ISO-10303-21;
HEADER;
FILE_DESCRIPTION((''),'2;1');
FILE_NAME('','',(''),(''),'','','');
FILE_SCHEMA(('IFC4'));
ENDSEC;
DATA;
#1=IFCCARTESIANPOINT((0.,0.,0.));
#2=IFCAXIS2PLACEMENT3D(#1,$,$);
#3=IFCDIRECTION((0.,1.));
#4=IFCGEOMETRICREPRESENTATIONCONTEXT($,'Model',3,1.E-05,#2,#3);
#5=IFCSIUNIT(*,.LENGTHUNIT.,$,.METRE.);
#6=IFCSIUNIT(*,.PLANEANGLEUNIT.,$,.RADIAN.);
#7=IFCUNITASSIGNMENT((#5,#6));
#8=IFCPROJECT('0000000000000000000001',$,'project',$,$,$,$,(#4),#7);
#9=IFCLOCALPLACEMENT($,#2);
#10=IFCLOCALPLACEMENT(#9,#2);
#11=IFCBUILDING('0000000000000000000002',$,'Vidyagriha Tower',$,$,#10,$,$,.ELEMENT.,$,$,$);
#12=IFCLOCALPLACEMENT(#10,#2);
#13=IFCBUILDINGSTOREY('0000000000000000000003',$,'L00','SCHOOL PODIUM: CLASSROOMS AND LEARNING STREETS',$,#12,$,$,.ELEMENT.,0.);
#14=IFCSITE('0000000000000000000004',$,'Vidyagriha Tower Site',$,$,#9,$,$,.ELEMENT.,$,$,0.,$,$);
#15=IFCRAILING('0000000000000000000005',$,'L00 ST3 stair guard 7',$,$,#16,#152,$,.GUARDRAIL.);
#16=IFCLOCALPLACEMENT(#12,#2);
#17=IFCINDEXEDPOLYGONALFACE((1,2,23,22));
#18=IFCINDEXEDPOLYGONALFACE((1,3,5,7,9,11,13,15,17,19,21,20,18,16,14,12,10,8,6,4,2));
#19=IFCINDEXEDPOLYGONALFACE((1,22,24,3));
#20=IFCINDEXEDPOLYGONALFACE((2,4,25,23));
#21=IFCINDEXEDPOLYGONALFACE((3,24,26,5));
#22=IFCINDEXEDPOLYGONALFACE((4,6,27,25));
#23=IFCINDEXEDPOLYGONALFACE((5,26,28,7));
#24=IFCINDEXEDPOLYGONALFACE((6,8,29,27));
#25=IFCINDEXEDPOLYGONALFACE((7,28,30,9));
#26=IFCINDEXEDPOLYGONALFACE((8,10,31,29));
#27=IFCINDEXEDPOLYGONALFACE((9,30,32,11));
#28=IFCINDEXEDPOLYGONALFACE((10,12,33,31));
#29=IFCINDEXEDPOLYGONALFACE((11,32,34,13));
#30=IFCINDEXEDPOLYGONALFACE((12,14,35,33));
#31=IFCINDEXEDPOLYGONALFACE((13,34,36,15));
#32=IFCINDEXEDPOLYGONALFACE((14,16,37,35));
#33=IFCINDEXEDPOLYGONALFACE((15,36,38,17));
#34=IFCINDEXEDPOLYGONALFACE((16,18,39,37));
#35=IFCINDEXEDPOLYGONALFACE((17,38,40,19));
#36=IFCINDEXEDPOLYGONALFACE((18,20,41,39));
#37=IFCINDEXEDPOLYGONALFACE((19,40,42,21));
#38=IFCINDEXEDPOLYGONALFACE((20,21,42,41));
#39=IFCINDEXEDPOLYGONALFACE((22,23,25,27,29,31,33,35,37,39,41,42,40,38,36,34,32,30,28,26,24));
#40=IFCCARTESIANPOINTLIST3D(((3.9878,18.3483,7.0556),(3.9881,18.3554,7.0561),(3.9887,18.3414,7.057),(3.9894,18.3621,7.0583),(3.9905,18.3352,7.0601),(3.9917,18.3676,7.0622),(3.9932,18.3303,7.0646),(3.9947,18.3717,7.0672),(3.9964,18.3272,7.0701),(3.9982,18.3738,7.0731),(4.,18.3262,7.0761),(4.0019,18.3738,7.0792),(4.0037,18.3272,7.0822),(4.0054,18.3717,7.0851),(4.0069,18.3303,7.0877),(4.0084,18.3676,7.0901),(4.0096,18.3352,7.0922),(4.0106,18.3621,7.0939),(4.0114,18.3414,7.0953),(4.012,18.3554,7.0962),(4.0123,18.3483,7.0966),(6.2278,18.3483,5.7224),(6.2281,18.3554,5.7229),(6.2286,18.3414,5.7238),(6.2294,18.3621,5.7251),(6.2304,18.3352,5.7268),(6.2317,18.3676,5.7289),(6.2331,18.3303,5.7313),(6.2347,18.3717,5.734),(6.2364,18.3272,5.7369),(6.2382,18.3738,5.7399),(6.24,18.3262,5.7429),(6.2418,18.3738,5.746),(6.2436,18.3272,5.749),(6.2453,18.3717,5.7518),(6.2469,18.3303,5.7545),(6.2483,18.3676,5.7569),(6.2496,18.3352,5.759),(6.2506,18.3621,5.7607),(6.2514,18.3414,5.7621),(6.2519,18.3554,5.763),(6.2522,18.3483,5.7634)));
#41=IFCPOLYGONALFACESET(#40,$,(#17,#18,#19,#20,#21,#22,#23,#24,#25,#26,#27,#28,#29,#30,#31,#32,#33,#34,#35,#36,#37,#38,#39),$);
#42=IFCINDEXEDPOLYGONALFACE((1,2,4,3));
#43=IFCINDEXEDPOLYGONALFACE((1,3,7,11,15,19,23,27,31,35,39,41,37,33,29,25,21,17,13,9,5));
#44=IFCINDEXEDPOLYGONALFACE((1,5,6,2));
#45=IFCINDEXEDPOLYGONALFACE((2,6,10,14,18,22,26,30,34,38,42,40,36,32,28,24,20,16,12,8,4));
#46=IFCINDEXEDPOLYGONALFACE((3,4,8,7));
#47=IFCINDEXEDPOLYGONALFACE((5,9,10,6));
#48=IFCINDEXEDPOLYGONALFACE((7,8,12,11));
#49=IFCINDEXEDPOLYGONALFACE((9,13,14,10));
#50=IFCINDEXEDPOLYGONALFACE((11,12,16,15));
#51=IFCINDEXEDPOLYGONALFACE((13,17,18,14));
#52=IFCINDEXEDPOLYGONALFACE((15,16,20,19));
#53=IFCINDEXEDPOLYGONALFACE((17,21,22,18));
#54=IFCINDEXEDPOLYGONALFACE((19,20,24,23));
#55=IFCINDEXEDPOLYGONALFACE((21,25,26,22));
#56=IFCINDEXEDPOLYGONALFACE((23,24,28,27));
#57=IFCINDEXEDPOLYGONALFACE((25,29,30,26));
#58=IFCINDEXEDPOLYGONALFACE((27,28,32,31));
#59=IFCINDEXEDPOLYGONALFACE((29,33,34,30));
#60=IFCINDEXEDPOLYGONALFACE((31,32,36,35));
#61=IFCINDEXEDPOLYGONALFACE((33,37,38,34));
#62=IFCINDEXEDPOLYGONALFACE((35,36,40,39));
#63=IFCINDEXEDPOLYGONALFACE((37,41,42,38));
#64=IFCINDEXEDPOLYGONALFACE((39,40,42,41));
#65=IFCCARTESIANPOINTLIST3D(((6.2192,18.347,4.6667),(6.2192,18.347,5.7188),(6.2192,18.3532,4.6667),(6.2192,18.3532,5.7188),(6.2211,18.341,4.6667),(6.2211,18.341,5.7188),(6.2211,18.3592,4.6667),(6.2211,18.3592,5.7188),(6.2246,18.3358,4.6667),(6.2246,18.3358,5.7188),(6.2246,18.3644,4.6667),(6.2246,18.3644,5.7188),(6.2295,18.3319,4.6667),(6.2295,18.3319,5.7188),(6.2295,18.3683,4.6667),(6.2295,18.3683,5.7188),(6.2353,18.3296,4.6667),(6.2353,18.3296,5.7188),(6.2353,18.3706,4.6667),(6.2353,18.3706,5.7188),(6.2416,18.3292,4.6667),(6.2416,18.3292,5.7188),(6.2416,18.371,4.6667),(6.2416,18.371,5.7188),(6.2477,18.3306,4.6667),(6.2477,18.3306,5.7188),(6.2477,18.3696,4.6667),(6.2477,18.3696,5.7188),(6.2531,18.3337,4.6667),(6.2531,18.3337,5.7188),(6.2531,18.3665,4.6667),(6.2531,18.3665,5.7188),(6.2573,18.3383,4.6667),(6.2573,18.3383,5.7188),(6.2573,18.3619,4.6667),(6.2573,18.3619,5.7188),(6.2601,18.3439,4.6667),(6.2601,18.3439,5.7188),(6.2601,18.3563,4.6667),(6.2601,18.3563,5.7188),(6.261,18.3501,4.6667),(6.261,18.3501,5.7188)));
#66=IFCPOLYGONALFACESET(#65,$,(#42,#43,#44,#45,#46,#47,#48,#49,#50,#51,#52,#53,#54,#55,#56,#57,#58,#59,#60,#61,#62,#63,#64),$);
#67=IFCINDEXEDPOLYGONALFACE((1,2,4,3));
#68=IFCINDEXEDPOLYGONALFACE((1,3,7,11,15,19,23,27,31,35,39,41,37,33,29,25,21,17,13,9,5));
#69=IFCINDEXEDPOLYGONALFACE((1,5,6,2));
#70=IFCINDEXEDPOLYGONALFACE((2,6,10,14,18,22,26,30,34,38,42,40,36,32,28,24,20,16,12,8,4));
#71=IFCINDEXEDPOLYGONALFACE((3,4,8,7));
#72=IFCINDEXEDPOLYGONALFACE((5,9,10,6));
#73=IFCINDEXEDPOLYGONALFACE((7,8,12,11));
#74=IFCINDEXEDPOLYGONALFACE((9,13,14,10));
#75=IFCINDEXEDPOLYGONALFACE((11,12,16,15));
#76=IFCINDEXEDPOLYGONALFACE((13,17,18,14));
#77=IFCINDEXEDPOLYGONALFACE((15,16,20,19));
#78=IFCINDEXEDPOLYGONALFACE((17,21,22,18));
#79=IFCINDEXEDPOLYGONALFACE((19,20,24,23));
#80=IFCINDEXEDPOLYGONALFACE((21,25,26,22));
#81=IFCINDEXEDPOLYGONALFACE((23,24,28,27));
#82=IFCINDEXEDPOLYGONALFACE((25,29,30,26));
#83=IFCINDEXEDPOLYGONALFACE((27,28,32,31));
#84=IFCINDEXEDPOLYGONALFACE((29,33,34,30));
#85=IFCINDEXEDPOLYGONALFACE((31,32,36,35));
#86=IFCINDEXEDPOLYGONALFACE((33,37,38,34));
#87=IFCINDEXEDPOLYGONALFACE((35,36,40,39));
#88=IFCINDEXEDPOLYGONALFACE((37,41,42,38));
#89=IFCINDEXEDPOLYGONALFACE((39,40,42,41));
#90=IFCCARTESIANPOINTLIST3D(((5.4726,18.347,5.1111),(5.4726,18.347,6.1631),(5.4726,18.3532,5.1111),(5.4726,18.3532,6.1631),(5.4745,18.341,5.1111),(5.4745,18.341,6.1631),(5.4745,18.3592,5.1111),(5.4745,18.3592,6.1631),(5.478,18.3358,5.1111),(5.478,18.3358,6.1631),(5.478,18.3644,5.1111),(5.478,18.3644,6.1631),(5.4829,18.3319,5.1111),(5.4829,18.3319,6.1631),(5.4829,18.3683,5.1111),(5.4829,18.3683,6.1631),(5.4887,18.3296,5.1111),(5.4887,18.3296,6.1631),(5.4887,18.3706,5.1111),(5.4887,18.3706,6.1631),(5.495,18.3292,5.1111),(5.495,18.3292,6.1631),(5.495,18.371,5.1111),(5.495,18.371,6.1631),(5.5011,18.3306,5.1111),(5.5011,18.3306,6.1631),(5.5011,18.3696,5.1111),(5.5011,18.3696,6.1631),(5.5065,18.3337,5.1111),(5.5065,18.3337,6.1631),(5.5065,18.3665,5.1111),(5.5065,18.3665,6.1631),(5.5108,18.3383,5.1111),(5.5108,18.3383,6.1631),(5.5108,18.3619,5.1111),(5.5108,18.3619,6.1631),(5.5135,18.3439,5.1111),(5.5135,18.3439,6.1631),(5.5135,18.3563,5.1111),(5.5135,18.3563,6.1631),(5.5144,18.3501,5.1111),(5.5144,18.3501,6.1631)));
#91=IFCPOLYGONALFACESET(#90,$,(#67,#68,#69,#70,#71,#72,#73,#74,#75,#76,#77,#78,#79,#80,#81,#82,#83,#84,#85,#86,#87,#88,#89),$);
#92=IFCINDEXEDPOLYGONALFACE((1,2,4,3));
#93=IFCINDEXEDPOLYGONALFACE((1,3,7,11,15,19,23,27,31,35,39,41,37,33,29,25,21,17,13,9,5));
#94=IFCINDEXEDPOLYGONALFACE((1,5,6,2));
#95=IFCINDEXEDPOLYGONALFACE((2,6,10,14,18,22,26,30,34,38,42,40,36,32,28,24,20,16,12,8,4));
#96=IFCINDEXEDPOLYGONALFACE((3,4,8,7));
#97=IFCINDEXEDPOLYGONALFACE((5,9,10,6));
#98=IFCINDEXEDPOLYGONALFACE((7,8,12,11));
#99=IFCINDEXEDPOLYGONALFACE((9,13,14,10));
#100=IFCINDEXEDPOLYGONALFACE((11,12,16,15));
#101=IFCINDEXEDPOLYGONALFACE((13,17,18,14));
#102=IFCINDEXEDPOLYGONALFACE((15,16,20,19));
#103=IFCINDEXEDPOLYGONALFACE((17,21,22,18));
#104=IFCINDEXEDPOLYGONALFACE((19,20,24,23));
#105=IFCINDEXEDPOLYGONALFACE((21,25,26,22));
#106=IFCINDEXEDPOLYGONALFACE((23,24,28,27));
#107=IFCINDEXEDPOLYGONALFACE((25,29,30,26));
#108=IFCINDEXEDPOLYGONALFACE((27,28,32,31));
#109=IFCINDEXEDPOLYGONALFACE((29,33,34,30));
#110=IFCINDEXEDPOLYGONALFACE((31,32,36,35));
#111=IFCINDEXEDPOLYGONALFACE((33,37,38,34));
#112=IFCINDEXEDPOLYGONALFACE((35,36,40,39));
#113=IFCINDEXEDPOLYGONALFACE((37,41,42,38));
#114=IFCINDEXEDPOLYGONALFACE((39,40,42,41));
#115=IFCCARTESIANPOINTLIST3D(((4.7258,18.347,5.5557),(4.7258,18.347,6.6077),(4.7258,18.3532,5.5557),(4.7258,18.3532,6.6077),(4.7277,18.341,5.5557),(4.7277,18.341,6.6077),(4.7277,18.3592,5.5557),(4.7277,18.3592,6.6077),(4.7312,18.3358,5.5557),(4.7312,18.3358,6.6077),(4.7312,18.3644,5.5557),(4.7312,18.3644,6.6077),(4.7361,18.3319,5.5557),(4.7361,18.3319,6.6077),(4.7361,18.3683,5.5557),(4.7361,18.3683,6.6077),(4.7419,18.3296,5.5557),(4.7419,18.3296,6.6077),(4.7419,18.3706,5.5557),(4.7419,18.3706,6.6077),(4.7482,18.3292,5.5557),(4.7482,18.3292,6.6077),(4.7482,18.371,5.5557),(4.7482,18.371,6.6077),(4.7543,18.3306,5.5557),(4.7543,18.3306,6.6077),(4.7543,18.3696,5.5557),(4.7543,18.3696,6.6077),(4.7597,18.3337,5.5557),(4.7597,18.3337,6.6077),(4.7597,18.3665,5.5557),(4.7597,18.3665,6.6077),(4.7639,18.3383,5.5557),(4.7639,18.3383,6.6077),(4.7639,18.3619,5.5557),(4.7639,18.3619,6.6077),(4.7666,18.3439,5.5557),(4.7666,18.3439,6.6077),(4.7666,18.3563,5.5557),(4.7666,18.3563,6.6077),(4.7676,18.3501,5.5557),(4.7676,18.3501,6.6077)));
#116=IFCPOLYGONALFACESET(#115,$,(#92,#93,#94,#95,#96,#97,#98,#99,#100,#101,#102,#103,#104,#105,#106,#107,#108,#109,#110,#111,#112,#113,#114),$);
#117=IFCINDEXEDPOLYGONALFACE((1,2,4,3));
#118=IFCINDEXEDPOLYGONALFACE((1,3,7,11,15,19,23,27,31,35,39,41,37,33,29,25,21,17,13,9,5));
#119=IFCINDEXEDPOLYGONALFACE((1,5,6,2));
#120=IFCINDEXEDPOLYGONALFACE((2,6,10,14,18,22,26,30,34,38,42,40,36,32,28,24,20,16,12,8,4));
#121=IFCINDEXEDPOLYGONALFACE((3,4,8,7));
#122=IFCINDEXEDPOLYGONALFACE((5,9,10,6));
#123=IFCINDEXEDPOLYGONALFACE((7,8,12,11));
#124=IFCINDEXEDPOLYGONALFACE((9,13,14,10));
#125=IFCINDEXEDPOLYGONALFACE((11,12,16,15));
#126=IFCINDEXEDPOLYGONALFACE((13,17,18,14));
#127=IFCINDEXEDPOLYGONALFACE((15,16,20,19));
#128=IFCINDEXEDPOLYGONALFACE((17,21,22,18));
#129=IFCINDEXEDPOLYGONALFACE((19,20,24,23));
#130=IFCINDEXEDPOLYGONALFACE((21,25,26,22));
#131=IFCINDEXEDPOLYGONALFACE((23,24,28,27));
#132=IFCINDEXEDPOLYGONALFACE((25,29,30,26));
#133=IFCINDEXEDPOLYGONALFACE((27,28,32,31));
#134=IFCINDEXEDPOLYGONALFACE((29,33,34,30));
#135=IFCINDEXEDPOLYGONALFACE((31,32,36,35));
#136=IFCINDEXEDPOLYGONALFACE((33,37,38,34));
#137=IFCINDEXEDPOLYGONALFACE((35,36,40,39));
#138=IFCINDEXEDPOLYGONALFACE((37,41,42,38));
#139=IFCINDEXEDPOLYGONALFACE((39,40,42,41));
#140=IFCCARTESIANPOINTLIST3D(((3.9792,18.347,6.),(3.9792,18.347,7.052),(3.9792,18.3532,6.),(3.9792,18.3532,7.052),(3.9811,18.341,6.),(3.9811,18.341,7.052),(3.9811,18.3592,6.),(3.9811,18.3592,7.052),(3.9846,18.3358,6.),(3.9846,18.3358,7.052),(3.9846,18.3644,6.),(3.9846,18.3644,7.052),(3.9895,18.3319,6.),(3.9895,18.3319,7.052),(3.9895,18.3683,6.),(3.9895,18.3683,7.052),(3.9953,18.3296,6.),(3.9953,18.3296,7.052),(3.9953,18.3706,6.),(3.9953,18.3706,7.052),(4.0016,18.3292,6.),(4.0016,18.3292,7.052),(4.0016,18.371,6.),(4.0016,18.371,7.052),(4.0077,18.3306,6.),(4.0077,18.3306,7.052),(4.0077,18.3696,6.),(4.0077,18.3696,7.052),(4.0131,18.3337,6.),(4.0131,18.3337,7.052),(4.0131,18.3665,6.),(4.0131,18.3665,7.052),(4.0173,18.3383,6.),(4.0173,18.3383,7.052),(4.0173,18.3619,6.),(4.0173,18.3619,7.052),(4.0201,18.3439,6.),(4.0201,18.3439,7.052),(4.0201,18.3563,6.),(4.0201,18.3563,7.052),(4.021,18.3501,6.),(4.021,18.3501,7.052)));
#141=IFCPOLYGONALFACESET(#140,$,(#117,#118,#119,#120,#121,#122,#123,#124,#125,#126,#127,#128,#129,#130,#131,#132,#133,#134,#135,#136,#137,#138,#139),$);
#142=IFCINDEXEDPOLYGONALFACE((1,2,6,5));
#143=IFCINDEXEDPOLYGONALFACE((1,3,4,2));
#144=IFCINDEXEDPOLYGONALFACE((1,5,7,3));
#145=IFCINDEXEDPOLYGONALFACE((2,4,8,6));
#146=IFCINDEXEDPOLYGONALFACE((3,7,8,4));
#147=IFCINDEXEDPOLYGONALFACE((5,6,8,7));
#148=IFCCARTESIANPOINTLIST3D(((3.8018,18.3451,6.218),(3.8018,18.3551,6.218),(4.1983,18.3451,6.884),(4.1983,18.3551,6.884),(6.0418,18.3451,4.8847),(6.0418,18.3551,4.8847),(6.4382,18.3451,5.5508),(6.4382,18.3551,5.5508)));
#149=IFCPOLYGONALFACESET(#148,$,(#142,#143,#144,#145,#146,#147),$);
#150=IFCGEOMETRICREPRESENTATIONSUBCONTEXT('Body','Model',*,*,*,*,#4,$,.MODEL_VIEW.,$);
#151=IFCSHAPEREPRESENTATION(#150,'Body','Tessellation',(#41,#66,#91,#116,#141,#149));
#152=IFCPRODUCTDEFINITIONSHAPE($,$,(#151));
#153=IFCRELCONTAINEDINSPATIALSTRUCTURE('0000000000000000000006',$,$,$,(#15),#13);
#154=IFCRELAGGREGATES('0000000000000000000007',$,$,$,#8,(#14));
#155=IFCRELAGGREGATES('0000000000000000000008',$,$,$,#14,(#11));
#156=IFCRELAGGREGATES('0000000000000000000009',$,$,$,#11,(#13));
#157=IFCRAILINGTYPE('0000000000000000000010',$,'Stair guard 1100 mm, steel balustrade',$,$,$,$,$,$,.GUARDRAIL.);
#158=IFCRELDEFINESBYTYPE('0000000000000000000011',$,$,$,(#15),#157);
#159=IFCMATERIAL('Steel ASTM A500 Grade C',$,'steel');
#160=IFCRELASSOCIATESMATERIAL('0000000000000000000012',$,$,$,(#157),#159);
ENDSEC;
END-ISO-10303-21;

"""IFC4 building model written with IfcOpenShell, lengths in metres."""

from ifc_helpers import new_model, si_unit, direction, frame, origin, origin_2d, place, context, subcontext, project, spatial, rectangle, circle, extrude, material, type_object, element, save


model = new_model("IFC4")

# Units and contexts
model_context = context("Model", 3, precision=1e-05, world=origin(), true_north=direction((0.0, 1.0)))
body_context = subcontext(model_context, "Body", "Model", "MODEL_VIEW")
ifc_project = project(units=[si_unit("LENGTHUNIT", "METRE"), si_unit("PLANEANGLEUNIT", "RADIAN")], contexts=[model_context])

# Site, building, storey
site_placement = place(None, origin())
site = spatial("IfcSite", under=ifc_project, at=site_placement, Name="Vidyagriha Tower Site", CompositionType="ELEMENT", RefElevation=0.0)
building_placement = place(site_placement, origin())
building = spatial("IfcBuilding", under=site, at=building_placement, Name="Vidyagriha Tower", CompositionType="ELEMENT")
storey_placement = place(building_placement, origin())
storey = spatial("IfcBuildingStorey", under=building, at=storey_placement, Name="L00", Description="SCHOOL PODIUM: CLASSROOMS AND LEARNING STREETS", CompositionType="ELEMENT", Elevation=0.0)

# Railing
ifc_material_1 = material(Name="Steel ASTM A500 Grade C", Category="steel")
railing_type_1 = type_object("IfcRailingType", Name="Stair guard 1100 mm, steel balustrade", PredefinedType="GUARDRAIL", material=ifc_material_1)
railing_placement = place(storey_placement, frame((6.24, 18.3501, 4.6667)))
element("IfcRailing", 1, at=railing_placement, inside=storey, type_object=railing_type_1, Name="L00 ST3 stair guard 7", PredefinedType="GUARDRAIL", context=body_context, shape_type="SweptSolid", body=[
    extrude(circle(Radius=0.0239, at=origin_2d()), frame((0.0, 0.0, 1.0762), z_axis=(-0.859306, 0.0, 0.511462), x_axis=(0.0, -1.0, 0.0)), (0.0, 0.0, 1.0), 2.6067),
    extrude(circle(Radius=0.021, at=origin_2d()), origin(), (0.0, 0.0, 1.0), 1.052),
    extrude(circle(Radius=0.021, at=origin_2d()), frame((-0.7466, 0.0, 0.4443)), (0.0, 0.0, 1.0), 1.052),
    extrude(circle(Radius=0.021, at=origin_2d()), frame((-1.4934, 0.0, 0.8889)), (0.0, 0.0, 1.0), 1.052),
    extrude(circle(Radius=0.021, at=origin_2d()), frame((-2.24, 0.0, 1.3333)), (0.0, 0.0, 1.0), 1.052),
    extrude(rectangle(XDim=0.01, YDim=0.7751, at=origin_2d()), frame((0.0, 0.0, 0.551), z_axis=(-0.859306, 0.0, 0.511462), x_axis=(0.0, -1.0, 0.0)), (0.0, 0.0, 1.0), 2.6067),
])

save(model, "model.ifc")
